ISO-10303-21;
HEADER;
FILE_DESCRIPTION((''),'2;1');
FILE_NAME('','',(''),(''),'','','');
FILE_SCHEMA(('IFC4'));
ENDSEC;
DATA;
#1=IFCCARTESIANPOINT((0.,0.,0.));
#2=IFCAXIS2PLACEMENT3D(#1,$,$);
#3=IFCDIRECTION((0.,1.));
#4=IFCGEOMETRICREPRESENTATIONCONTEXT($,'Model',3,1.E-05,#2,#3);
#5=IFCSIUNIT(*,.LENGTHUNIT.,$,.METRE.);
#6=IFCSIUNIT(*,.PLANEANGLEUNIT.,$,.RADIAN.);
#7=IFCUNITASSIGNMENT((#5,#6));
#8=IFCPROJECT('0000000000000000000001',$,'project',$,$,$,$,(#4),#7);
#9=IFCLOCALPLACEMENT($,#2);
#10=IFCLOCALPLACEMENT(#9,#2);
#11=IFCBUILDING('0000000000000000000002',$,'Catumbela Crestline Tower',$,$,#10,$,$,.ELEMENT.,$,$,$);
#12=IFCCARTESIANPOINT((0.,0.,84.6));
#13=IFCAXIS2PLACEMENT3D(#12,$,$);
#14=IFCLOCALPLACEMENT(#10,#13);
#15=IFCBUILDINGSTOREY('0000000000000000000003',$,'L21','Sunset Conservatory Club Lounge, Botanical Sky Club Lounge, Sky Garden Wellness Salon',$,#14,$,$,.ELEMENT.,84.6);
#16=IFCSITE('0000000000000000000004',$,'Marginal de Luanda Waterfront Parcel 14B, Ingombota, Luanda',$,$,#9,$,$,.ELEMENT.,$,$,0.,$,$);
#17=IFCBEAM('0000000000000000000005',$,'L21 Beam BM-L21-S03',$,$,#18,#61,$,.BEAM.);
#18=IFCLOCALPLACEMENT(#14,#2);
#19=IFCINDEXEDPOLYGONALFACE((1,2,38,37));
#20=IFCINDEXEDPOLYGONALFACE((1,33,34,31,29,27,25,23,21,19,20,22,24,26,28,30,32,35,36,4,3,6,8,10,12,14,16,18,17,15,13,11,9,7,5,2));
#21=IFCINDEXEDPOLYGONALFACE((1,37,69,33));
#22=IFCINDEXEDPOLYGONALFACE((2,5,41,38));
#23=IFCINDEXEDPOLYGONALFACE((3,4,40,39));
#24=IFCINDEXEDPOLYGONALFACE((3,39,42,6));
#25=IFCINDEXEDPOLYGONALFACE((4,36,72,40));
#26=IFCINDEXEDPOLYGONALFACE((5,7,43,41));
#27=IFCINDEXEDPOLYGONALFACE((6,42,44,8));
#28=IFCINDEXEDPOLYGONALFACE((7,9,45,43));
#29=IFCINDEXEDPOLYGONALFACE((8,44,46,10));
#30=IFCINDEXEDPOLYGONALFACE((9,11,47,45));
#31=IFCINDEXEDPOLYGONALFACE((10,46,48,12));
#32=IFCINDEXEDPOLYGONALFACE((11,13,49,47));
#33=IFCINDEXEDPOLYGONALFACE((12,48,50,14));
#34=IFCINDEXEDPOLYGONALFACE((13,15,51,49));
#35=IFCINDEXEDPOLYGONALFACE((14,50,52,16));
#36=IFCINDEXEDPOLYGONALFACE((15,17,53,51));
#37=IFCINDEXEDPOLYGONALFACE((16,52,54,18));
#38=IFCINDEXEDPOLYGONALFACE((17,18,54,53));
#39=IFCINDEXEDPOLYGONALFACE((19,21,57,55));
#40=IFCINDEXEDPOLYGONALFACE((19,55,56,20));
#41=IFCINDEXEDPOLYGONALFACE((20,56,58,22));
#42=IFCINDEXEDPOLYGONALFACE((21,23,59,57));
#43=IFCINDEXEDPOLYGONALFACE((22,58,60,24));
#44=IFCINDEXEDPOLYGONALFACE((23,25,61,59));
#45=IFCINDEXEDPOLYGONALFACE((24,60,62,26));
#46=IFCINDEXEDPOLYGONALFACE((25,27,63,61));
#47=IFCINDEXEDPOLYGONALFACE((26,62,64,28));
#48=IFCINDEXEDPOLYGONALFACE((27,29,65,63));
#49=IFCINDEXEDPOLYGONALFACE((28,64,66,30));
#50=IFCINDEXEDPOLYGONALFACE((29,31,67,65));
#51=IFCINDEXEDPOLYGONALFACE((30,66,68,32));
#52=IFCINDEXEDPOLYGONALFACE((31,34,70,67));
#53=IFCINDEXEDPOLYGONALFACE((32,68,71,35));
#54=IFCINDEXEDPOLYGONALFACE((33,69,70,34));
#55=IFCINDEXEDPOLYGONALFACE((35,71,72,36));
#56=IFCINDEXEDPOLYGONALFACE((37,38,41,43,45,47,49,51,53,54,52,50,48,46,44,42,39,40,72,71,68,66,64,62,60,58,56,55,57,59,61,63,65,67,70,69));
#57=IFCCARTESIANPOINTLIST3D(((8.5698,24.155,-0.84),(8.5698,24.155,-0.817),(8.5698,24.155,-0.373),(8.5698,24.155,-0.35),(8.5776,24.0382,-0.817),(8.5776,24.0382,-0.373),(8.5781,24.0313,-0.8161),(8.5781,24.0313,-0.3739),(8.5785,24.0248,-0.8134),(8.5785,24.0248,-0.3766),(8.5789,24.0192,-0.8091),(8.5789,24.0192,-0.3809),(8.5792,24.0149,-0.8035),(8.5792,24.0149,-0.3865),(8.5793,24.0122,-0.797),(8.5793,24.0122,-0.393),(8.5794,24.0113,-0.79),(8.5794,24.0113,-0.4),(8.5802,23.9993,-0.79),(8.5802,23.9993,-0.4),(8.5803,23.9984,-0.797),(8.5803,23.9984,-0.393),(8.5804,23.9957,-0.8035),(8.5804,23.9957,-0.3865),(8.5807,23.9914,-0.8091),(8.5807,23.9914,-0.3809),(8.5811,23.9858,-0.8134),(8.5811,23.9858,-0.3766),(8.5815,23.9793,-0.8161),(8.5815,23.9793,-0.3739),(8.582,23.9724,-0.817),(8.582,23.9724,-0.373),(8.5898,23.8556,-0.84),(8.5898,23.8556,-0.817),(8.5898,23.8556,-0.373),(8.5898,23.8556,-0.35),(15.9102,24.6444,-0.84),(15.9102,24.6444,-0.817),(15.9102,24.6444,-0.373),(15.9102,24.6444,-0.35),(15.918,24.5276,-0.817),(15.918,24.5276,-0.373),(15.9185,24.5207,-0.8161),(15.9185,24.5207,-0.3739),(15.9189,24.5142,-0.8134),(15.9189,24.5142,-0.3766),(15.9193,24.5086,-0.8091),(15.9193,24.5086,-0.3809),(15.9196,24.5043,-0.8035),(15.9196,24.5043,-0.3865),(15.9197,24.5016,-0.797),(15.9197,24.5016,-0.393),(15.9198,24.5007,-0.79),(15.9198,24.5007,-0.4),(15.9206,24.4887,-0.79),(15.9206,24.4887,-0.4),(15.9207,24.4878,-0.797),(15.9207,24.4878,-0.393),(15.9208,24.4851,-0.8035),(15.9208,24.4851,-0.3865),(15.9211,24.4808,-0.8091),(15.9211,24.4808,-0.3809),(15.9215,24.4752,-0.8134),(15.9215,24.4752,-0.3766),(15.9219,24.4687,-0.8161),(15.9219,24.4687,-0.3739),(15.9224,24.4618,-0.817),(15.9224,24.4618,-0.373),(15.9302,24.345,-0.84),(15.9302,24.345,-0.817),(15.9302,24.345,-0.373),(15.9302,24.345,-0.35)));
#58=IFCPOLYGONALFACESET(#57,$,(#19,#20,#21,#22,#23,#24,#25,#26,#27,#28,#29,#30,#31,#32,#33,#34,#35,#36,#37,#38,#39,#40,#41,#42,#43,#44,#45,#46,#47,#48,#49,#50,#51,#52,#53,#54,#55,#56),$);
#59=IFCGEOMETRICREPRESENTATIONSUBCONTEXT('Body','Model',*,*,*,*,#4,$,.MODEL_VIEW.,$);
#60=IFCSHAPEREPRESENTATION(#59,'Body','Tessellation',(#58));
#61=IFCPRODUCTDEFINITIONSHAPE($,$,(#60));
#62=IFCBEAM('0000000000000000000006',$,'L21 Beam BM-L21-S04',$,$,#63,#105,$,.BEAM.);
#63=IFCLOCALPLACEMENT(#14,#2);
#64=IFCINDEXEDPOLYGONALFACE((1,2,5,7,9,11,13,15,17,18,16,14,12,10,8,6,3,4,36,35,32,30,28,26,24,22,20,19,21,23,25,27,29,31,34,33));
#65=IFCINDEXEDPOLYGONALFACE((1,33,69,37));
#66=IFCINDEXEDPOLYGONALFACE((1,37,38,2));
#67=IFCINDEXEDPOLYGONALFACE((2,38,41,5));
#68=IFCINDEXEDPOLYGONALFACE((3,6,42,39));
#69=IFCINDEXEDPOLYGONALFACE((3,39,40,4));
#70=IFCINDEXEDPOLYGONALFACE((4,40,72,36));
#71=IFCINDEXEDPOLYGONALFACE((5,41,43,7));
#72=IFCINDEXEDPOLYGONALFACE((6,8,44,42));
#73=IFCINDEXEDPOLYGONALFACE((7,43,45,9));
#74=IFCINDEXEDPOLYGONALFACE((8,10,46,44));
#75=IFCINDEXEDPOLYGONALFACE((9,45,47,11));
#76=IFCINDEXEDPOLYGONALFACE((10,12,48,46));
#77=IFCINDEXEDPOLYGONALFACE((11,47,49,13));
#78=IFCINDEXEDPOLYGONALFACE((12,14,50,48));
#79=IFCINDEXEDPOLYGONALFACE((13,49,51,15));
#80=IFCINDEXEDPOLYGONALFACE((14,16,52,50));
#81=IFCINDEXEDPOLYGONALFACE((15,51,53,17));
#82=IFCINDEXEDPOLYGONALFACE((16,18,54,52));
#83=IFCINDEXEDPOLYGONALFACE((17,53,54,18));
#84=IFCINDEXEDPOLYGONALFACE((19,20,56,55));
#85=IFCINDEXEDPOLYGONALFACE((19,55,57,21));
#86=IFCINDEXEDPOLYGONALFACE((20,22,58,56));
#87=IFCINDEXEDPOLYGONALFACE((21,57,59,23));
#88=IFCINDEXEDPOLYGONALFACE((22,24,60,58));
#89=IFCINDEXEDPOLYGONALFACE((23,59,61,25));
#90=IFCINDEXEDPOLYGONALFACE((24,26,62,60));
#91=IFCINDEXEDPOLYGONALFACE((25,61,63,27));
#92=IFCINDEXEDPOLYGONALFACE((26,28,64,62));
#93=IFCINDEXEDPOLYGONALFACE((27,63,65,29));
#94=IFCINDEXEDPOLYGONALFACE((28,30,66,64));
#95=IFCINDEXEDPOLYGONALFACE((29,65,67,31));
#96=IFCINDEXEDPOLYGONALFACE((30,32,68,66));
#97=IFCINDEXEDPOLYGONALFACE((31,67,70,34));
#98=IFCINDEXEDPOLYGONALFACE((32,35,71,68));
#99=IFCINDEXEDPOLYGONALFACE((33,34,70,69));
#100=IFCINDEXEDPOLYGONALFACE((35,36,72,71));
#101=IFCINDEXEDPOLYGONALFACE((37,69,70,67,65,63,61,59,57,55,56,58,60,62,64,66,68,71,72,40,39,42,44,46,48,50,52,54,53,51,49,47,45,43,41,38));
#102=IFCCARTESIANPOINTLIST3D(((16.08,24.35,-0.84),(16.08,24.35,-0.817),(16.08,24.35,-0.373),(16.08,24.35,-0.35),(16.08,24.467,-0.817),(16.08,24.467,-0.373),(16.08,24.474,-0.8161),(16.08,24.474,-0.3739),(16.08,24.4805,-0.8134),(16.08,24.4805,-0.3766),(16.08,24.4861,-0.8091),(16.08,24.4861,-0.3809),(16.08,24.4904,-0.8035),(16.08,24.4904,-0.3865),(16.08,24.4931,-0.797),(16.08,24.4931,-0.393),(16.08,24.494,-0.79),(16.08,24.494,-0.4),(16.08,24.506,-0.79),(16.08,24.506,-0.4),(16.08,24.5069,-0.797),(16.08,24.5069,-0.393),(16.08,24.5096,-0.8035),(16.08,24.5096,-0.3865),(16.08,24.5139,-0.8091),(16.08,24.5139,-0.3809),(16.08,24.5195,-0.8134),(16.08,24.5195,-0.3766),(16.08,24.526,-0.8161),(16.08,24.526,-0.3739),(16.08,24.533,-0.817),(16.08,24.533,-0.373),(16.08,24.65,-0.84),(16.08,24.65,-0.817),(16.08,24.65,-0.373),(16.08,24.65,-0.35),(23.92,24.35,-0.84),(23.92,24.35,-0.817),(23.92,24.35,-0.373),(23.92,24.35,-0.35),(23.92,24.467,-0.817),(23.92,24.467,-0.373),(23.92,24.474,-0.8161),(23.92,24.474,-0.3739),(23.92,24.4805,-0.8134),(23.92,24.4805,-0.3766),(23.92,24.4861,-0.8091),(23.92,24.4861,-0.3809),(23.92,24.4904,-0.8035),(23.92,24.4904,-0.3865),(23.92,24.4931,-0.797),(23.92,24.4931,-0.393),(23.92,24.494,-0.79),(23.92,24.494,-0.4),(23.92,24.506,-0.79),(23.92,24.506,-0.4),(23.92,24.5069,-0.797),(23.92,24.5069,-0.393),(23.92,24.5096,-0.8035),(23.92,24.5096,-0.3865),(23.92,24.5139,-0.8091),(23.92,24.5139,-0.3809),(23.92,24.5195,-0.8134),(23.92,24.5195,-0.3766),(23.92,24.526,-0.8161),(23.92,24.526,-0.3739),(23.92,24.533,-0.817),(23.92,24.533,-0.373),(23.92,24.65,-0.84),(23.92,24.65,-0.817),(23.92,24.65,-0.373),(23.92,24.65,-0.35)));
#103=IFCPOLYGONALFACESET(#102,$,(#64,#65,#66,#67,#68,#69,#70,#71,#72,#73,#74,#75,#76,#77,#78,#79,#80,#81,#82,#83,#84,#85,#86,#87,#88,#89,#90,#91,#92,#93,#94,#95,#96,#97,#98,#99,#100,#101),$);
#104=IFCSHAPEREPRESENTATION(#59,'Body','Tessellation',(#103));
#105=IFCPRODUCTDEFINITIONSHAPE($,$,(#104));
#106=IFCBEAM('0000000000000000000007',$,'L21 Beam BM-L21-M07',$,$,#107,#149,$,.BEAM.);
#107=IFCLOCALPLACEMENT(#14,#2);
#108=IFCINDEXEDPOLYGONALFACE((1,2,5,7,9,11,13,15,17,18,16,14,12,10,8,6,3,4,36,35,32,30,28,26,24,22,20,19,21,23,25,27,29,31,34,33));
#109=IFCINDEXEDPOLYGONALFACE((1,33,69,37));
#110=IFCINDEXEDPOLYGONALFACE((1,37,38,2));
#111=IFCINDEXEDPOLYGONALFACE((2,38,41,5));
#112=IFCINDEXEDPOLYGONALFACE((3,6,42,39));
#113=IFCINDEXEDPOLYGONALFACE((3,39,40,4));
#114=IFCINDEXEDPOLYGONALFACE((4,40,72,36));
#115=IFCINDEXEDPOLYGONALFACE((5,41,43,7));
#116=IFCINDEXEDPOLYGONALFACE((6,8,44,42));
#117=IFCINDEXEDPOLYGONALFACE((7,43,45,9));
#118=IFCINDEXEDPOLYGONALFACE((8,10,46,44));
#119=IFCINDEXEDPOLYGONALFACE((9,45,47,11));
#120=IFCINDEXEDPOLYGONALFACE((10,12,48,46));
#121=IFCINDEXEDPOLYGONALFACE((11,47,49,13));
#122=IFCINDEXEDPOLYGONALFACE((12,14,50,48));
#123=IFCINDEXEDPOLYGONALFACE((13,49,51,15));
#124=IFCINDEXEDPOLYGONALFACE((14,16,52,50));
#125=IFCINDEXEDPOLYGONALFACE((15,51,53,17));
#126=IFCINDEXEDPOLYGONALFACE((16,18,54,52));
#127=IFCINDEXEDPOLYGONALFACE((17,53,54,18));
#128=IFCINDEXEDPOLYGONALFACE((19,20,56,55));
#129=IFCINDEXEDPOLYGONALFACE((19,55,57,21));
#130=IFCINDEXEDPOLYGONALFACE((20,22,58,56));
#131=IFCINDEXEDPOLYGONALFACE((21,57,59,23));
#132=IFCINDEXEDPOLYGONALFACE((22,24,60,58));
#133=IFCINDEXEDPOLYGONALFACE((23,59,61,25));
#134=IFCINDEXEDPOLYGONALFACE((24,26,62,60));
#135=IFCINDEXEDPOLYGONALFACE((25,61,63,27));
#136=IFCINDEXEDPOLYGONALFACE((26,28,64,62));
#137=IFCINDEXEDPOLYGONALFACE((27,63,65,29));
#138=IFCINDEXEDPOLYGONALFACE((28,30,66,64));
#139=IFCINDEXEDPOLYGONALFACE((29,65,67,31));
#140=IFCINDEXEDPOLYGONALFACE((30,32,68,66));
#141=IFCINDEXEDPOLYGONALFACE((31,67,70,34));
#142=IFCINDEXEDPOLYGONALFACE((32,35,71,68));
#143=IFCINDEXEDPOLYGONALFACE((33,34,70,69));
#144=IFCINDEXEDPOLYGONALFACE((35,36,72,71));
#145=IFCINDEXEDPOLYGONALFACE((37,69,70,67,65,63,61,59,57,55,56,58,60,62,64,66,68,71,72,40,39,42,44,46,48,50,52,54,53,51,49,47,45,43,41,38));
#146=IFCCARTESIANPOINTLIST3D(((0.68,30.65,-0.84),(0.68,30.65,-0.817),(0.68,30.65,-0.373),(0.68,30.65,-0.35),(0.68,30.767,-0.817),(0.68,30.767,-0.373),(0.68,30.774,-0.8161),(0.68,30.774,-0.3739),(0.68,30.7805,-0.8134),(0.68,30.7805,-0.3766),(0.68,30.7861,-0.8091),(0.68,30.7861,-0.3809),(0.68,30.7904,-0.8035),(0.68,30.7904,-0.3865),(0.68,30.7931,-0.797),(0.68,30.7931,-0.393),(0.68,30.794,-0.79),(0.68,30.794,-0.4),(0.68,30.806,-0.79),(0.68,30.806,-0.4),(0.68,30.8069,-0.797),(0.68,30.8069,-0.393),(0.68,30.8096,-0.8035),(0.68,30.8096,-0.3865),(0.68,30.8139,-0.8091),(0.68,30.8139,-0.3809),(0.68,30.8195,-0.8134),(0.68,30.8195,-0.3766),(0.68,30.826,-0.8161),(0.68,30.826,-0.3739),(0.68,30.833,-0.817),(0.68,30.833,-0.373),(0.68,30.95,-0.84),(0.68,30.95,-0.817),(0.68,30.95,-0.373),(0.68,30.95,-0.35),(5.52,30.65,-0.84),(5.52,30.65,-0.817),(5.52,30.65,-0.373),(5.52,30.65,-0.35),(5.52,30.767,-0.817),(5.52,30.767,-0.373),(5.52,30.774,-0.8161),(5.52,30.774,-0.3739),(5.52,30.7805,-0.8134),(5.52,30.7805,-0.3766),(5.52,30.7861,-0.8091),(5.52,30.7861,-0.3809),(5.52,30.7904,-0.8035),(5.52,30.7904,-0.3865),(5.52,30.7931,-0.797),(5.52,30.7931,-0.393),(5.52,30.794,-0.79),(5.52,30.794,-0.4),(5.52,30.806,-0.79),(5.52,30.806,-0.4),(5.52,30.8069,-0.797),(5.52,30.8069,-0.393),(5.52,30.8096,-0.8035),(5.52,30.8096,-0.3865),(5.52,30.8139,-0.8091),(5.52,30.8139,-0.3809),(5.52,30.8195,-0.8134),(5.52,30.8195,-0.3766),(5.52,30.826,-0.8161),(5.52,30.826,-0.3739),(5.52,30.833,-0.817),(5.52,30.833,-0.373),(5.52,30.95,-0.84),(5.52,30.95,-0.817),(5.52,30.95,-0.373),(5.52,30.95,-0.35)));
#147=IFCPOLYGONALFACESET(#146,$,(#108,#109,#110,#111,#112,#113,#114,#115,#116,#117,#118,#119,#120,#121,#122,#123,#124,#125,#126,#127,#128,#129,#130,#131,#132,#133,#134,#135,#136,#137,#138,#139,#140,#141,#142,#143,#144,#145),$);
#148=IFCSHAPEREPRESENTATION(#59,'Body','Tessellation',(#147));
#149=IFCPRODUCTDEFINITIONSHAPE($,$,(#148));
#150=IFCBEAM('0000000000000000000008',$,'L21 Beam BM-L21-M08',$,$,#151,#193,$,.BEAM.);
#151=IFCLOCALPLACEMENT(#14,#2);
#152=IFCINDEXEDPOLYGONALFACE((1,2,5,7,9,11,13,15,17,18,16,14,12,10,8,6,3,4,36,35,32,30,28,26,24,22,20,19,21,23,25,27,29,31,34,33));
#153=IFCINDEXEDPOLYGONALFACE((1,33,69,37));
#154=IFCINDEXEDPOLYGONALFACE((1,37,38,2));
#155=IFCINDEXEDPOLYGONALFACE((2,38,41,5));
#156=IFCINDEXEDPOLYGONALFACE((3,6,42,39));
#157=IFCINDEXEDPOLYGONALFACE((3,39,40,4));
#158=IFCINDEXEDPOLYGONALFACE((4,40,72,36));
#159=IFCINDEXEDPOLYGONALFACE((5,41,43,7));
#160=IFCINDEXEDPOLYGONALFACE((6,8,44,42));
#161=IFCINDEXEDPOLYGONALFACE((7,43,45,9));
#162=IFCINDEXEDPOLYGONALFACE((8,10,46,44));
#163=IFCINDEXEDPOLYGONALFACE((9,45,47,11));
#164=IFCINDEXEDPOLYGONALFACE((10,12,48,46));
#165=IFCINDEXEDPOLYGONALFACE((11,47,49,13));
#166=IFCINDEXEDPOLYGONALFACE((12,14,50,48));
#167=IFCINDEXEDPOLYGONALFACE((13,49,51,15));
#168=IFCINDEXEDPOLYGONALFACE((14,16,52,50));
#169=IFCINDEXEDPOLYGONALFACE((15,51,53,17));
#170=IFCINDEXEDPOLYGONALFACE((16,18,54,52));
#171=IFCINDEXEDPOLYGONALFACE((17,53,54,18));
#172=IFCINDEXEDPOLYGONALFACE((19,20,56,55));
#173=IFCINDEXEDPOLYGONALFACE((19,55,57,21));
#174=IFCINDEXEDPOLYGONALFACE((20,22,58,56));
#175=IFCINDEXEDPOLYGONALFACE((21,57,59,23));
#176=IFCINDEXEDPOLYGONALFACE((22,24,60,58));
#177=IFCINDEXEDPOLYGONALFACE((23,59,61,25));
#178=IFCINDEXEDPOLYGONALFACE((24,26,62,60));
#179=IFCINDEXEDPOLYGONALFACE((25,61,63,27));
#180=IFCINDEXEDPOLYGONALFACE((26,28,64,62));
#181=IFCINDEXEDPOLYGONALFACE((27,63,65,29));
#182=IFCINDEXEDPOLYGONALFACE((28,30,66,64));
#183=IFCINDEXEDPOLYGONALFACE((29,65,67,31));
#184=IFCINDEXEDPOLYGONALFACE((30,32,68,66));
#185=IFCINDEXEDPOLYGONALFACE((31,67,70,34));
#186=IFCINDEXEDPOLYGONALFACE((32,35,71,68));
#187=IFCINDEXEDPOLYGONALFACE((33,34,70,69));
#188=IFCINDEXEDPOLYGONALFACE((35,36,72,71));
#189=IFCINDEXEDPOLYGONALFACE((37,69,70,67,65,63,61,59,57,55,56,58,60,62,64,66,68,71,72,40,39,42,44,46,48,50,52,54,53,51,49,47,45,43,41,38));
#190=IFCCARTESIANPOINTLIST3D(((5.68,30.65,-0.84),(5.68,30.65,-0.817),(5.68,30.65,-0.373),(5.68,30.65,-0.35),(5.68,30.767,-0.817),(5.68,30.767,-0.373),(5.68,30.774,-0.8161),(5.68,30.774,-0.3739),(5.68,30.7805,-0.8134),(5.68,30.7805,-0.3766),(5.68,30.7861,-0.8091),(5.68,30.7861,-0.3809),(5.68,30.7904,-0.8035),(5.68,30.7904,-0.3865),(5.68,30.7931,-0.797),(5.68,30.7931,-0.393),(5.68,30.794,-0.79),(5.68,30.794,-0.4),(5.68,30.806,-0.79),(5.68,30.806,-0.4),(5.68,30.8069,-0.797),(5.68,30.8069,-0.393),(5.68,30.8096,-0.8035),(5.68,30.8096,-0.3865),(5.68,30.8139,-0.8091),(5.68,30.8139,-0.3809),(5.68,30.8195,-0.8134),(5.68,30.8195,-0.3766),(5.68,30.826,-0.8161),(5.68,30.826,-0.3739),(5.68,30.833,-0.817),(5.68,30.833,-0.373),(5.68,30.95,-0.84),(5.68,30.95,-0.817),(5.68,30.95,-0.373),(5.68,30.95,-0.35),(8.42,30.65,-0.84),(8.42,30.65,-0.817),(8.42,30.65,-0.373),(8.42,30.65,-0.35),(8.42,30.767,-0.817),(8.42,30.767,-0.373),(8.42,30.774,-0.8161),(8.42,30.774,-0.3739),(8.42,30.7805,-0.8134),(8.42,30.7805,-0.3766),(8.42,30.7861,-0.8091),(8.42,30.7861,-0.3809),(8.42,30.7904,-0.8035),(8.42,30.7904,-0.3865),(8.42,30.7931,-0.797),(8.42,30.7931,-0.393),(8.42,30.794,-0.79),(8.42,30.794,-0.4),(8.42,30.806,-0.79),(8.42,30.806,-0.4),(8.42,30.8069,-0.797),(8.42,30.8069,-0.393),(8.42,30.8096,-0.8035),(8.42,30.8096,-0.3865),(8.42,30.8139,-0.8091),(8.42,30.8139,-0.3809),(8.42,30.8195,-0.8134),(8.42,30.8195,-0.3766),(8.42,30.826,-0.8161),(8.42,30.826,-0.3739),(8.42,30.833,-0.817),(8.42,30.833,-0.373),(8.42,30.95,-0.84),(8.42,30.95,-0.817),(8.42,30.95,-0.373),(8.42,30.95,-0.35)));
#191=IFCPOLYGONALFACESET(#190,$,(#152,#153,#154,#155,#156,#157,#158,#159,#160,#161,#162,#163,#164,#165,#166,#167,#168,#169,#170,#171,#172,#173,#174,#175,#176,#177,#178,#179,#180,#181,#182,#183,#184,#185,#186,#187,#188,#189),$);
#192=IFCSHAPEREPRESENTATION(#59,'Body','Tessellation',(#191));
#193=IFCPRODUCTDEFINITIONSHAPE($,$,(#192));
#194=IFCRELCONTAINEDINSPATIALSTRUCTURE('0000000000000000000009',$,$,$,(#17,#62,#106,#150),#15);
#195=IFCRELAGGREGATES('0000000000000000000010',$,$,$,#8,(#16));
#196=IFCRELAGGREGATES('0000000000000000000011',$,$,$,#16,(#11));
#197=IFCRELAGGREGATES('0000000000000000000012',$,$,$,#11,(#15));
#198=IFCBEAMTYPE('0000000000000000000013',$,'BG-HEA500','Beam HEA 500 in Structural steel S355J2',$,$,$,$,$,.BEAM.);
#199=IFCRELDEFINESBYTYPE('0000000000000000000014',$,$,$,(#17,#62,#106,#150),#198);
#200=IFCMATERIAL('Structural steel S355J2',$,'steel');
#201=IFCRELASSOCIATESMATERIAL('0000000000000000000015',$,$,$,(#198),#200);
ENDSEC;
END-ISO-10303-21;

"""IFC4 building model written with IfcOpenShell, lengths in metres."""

from ifc_helpers import new_model, si_unit, direction, frame, origin, origin_2d, place, context, subcontext, project, spatial, i_section, extrude, material, material_profile, profile_set, type_object, element, save


model = new_model("IFC4")

# Units and contexts
model_context = context("Model", 3, precision=1e-05, world=origin(), true_north=direction((0.0, 1.0)))
body_context = subcontext(model_context, "Body", "Model", "MODEL_VIEW")
ifc_project = project(units=[si_unit("LENGTHUNIT", "METRE"), si_unit("PLANEANGLEUNIT", "RADIAN")], contexts=[model_context])

# Site, building, storey
site_placement = place(None, origin())
site = spatial("IfcSite", under=ifc_project, at=site_placement, Name="Marginal de Luanda Waterfront Parcel 14B, Ingombota, Luanda", CompositionType="ELEMENT", RefElevation=0.0)
building_placement = place(site_placement, origin())
building = spatial("IfcBuilding", under=site, at=building_placement, Name="Catumbela Crestline Tower", CompositionType="ELEMENT")
storey_placement = place(building_placement, frame((0.0, 0.0, 84.6)))
storey = spatial("IfcBuildingStorey", under=building, at=storey_placement, Name="L21", Description="Sunset Conservatory Club Lounge, Botanical Sky Club Lounge, Sky Garden Wellness Salon", CompositionType="ELEMENT", Elevation=84.6)

# Beams
ifc_material_1 = material(Name="Structural steel S355J2", Category="steel")
ifc_material_profile_1 = material_profile(ifc_material_1, i_section(OverallWidth=0.3, OverallDepth=0.49, WebThickness=0.012, FlangeThickness=0.023, FilletRadius=0.027, at=origin_2d()), Name="HEA 500")
ifc_profile_set_1 = profile_set([ifc_material_profile_1], Name="Structural steel S355J2")
beam_type_1 = type_object("IfcBeamType", Name="BG-HEA500", Description="Beam HEA 500 in Structural steel S355J2", PredefinedType="BEAM", material=ifc_profile_set_1)
beam_1_placement = place(storey_placement, frame((8.5798, 24.0053, -0.595), z_axis=(0.997785, 0.066524, 0.0), x_axis=(-0.066524, 0.997785, 0.0)))
element("IfcBeam", 1, at=beam_1_placement, inside=storey, type_object=beam_type_1, Name="L21 Beam BM-L21-S03", PredefinedType="BEAM", context=body_context, shape_type="SweptSolid", body=[
    extrude(i_section(OverallWidth=0.3, OverallDepth=0.49, WebThickness=0.012, FlangeThickness=0.023, FilletRadius=0.027, at=origin_2d()), origin(), (0.0, 0.0, 1.0), 7.3567),
])
beam_2_placement = place(storey_placement, frame((16.08, 24.5, -0.595), z_axis=(1.0, 0.0, 0.0), x_axis=(0.0, 1.0, 0.0)))
element("IfcBeam", 2, at=beam_2_placement, inside=storey, type_object=beam_type_1, Name="L21 Beam BM-L21-S04", PredefinedType="BEAM", context=body_context, shape_type="SweptSolid", body=[
    extrude(i_section(OverallWidth=0.3, OverallDepth=0.49, WebThickness=0.012, FlangeThickness=0.023, FilletRadius=0.027, at=origin_2d()), origin(), (0.0, 0.0, 1.0), 7.84),
])
beam_3_placement = place(storey_placement, frame((0.68, 30.8, -0.595), z_axis=(1.0, 0.0, 0.0), x_axis=(0.0, 1.0, 0.0)))
element("IfcBeam", 3, at=beam_3_placement, inside=storey, type_object=beam_type_1, Name="L21 Beam BM-L21-M07", PredefinedType="BEAM", context=body_context, shape_type="SweptSolid", body=[
    extrude(i_section(OverallWidth=0.3, OverallDepth=0.49, WebThickness=0.012, FlangeThickness=0.023, FilletRadius=0.027, at=origin_2d()), origin(), (0.0, 0.0, 1.0), 4.84),
])
beam_4_placement = place(storey_placement, frame((5.68, 30.8, -0.595), z_axis=(1.0, 0.0, 0.0), x_axis=(0.0, 1.0, 0.0)))
element("IfcBeam", 4, at=beam_4_placement, inside=storey, type_object=beam_type_1, Name="L21 Beam BM-L21-M08", PredefinedType="BEAM", context=body_context, shape_type="SweptSolid", body=[
    extrude(i_section(OverallWidth=0.3, OverallDepth=0.49, WebThickness=0.012, FlangeThickness=0.023, FilletRadius=0.027, at=origin_2d()), origin(), (0.0, 0.0, 1.0), 2.74),
])

save(model, "model.ifc")
